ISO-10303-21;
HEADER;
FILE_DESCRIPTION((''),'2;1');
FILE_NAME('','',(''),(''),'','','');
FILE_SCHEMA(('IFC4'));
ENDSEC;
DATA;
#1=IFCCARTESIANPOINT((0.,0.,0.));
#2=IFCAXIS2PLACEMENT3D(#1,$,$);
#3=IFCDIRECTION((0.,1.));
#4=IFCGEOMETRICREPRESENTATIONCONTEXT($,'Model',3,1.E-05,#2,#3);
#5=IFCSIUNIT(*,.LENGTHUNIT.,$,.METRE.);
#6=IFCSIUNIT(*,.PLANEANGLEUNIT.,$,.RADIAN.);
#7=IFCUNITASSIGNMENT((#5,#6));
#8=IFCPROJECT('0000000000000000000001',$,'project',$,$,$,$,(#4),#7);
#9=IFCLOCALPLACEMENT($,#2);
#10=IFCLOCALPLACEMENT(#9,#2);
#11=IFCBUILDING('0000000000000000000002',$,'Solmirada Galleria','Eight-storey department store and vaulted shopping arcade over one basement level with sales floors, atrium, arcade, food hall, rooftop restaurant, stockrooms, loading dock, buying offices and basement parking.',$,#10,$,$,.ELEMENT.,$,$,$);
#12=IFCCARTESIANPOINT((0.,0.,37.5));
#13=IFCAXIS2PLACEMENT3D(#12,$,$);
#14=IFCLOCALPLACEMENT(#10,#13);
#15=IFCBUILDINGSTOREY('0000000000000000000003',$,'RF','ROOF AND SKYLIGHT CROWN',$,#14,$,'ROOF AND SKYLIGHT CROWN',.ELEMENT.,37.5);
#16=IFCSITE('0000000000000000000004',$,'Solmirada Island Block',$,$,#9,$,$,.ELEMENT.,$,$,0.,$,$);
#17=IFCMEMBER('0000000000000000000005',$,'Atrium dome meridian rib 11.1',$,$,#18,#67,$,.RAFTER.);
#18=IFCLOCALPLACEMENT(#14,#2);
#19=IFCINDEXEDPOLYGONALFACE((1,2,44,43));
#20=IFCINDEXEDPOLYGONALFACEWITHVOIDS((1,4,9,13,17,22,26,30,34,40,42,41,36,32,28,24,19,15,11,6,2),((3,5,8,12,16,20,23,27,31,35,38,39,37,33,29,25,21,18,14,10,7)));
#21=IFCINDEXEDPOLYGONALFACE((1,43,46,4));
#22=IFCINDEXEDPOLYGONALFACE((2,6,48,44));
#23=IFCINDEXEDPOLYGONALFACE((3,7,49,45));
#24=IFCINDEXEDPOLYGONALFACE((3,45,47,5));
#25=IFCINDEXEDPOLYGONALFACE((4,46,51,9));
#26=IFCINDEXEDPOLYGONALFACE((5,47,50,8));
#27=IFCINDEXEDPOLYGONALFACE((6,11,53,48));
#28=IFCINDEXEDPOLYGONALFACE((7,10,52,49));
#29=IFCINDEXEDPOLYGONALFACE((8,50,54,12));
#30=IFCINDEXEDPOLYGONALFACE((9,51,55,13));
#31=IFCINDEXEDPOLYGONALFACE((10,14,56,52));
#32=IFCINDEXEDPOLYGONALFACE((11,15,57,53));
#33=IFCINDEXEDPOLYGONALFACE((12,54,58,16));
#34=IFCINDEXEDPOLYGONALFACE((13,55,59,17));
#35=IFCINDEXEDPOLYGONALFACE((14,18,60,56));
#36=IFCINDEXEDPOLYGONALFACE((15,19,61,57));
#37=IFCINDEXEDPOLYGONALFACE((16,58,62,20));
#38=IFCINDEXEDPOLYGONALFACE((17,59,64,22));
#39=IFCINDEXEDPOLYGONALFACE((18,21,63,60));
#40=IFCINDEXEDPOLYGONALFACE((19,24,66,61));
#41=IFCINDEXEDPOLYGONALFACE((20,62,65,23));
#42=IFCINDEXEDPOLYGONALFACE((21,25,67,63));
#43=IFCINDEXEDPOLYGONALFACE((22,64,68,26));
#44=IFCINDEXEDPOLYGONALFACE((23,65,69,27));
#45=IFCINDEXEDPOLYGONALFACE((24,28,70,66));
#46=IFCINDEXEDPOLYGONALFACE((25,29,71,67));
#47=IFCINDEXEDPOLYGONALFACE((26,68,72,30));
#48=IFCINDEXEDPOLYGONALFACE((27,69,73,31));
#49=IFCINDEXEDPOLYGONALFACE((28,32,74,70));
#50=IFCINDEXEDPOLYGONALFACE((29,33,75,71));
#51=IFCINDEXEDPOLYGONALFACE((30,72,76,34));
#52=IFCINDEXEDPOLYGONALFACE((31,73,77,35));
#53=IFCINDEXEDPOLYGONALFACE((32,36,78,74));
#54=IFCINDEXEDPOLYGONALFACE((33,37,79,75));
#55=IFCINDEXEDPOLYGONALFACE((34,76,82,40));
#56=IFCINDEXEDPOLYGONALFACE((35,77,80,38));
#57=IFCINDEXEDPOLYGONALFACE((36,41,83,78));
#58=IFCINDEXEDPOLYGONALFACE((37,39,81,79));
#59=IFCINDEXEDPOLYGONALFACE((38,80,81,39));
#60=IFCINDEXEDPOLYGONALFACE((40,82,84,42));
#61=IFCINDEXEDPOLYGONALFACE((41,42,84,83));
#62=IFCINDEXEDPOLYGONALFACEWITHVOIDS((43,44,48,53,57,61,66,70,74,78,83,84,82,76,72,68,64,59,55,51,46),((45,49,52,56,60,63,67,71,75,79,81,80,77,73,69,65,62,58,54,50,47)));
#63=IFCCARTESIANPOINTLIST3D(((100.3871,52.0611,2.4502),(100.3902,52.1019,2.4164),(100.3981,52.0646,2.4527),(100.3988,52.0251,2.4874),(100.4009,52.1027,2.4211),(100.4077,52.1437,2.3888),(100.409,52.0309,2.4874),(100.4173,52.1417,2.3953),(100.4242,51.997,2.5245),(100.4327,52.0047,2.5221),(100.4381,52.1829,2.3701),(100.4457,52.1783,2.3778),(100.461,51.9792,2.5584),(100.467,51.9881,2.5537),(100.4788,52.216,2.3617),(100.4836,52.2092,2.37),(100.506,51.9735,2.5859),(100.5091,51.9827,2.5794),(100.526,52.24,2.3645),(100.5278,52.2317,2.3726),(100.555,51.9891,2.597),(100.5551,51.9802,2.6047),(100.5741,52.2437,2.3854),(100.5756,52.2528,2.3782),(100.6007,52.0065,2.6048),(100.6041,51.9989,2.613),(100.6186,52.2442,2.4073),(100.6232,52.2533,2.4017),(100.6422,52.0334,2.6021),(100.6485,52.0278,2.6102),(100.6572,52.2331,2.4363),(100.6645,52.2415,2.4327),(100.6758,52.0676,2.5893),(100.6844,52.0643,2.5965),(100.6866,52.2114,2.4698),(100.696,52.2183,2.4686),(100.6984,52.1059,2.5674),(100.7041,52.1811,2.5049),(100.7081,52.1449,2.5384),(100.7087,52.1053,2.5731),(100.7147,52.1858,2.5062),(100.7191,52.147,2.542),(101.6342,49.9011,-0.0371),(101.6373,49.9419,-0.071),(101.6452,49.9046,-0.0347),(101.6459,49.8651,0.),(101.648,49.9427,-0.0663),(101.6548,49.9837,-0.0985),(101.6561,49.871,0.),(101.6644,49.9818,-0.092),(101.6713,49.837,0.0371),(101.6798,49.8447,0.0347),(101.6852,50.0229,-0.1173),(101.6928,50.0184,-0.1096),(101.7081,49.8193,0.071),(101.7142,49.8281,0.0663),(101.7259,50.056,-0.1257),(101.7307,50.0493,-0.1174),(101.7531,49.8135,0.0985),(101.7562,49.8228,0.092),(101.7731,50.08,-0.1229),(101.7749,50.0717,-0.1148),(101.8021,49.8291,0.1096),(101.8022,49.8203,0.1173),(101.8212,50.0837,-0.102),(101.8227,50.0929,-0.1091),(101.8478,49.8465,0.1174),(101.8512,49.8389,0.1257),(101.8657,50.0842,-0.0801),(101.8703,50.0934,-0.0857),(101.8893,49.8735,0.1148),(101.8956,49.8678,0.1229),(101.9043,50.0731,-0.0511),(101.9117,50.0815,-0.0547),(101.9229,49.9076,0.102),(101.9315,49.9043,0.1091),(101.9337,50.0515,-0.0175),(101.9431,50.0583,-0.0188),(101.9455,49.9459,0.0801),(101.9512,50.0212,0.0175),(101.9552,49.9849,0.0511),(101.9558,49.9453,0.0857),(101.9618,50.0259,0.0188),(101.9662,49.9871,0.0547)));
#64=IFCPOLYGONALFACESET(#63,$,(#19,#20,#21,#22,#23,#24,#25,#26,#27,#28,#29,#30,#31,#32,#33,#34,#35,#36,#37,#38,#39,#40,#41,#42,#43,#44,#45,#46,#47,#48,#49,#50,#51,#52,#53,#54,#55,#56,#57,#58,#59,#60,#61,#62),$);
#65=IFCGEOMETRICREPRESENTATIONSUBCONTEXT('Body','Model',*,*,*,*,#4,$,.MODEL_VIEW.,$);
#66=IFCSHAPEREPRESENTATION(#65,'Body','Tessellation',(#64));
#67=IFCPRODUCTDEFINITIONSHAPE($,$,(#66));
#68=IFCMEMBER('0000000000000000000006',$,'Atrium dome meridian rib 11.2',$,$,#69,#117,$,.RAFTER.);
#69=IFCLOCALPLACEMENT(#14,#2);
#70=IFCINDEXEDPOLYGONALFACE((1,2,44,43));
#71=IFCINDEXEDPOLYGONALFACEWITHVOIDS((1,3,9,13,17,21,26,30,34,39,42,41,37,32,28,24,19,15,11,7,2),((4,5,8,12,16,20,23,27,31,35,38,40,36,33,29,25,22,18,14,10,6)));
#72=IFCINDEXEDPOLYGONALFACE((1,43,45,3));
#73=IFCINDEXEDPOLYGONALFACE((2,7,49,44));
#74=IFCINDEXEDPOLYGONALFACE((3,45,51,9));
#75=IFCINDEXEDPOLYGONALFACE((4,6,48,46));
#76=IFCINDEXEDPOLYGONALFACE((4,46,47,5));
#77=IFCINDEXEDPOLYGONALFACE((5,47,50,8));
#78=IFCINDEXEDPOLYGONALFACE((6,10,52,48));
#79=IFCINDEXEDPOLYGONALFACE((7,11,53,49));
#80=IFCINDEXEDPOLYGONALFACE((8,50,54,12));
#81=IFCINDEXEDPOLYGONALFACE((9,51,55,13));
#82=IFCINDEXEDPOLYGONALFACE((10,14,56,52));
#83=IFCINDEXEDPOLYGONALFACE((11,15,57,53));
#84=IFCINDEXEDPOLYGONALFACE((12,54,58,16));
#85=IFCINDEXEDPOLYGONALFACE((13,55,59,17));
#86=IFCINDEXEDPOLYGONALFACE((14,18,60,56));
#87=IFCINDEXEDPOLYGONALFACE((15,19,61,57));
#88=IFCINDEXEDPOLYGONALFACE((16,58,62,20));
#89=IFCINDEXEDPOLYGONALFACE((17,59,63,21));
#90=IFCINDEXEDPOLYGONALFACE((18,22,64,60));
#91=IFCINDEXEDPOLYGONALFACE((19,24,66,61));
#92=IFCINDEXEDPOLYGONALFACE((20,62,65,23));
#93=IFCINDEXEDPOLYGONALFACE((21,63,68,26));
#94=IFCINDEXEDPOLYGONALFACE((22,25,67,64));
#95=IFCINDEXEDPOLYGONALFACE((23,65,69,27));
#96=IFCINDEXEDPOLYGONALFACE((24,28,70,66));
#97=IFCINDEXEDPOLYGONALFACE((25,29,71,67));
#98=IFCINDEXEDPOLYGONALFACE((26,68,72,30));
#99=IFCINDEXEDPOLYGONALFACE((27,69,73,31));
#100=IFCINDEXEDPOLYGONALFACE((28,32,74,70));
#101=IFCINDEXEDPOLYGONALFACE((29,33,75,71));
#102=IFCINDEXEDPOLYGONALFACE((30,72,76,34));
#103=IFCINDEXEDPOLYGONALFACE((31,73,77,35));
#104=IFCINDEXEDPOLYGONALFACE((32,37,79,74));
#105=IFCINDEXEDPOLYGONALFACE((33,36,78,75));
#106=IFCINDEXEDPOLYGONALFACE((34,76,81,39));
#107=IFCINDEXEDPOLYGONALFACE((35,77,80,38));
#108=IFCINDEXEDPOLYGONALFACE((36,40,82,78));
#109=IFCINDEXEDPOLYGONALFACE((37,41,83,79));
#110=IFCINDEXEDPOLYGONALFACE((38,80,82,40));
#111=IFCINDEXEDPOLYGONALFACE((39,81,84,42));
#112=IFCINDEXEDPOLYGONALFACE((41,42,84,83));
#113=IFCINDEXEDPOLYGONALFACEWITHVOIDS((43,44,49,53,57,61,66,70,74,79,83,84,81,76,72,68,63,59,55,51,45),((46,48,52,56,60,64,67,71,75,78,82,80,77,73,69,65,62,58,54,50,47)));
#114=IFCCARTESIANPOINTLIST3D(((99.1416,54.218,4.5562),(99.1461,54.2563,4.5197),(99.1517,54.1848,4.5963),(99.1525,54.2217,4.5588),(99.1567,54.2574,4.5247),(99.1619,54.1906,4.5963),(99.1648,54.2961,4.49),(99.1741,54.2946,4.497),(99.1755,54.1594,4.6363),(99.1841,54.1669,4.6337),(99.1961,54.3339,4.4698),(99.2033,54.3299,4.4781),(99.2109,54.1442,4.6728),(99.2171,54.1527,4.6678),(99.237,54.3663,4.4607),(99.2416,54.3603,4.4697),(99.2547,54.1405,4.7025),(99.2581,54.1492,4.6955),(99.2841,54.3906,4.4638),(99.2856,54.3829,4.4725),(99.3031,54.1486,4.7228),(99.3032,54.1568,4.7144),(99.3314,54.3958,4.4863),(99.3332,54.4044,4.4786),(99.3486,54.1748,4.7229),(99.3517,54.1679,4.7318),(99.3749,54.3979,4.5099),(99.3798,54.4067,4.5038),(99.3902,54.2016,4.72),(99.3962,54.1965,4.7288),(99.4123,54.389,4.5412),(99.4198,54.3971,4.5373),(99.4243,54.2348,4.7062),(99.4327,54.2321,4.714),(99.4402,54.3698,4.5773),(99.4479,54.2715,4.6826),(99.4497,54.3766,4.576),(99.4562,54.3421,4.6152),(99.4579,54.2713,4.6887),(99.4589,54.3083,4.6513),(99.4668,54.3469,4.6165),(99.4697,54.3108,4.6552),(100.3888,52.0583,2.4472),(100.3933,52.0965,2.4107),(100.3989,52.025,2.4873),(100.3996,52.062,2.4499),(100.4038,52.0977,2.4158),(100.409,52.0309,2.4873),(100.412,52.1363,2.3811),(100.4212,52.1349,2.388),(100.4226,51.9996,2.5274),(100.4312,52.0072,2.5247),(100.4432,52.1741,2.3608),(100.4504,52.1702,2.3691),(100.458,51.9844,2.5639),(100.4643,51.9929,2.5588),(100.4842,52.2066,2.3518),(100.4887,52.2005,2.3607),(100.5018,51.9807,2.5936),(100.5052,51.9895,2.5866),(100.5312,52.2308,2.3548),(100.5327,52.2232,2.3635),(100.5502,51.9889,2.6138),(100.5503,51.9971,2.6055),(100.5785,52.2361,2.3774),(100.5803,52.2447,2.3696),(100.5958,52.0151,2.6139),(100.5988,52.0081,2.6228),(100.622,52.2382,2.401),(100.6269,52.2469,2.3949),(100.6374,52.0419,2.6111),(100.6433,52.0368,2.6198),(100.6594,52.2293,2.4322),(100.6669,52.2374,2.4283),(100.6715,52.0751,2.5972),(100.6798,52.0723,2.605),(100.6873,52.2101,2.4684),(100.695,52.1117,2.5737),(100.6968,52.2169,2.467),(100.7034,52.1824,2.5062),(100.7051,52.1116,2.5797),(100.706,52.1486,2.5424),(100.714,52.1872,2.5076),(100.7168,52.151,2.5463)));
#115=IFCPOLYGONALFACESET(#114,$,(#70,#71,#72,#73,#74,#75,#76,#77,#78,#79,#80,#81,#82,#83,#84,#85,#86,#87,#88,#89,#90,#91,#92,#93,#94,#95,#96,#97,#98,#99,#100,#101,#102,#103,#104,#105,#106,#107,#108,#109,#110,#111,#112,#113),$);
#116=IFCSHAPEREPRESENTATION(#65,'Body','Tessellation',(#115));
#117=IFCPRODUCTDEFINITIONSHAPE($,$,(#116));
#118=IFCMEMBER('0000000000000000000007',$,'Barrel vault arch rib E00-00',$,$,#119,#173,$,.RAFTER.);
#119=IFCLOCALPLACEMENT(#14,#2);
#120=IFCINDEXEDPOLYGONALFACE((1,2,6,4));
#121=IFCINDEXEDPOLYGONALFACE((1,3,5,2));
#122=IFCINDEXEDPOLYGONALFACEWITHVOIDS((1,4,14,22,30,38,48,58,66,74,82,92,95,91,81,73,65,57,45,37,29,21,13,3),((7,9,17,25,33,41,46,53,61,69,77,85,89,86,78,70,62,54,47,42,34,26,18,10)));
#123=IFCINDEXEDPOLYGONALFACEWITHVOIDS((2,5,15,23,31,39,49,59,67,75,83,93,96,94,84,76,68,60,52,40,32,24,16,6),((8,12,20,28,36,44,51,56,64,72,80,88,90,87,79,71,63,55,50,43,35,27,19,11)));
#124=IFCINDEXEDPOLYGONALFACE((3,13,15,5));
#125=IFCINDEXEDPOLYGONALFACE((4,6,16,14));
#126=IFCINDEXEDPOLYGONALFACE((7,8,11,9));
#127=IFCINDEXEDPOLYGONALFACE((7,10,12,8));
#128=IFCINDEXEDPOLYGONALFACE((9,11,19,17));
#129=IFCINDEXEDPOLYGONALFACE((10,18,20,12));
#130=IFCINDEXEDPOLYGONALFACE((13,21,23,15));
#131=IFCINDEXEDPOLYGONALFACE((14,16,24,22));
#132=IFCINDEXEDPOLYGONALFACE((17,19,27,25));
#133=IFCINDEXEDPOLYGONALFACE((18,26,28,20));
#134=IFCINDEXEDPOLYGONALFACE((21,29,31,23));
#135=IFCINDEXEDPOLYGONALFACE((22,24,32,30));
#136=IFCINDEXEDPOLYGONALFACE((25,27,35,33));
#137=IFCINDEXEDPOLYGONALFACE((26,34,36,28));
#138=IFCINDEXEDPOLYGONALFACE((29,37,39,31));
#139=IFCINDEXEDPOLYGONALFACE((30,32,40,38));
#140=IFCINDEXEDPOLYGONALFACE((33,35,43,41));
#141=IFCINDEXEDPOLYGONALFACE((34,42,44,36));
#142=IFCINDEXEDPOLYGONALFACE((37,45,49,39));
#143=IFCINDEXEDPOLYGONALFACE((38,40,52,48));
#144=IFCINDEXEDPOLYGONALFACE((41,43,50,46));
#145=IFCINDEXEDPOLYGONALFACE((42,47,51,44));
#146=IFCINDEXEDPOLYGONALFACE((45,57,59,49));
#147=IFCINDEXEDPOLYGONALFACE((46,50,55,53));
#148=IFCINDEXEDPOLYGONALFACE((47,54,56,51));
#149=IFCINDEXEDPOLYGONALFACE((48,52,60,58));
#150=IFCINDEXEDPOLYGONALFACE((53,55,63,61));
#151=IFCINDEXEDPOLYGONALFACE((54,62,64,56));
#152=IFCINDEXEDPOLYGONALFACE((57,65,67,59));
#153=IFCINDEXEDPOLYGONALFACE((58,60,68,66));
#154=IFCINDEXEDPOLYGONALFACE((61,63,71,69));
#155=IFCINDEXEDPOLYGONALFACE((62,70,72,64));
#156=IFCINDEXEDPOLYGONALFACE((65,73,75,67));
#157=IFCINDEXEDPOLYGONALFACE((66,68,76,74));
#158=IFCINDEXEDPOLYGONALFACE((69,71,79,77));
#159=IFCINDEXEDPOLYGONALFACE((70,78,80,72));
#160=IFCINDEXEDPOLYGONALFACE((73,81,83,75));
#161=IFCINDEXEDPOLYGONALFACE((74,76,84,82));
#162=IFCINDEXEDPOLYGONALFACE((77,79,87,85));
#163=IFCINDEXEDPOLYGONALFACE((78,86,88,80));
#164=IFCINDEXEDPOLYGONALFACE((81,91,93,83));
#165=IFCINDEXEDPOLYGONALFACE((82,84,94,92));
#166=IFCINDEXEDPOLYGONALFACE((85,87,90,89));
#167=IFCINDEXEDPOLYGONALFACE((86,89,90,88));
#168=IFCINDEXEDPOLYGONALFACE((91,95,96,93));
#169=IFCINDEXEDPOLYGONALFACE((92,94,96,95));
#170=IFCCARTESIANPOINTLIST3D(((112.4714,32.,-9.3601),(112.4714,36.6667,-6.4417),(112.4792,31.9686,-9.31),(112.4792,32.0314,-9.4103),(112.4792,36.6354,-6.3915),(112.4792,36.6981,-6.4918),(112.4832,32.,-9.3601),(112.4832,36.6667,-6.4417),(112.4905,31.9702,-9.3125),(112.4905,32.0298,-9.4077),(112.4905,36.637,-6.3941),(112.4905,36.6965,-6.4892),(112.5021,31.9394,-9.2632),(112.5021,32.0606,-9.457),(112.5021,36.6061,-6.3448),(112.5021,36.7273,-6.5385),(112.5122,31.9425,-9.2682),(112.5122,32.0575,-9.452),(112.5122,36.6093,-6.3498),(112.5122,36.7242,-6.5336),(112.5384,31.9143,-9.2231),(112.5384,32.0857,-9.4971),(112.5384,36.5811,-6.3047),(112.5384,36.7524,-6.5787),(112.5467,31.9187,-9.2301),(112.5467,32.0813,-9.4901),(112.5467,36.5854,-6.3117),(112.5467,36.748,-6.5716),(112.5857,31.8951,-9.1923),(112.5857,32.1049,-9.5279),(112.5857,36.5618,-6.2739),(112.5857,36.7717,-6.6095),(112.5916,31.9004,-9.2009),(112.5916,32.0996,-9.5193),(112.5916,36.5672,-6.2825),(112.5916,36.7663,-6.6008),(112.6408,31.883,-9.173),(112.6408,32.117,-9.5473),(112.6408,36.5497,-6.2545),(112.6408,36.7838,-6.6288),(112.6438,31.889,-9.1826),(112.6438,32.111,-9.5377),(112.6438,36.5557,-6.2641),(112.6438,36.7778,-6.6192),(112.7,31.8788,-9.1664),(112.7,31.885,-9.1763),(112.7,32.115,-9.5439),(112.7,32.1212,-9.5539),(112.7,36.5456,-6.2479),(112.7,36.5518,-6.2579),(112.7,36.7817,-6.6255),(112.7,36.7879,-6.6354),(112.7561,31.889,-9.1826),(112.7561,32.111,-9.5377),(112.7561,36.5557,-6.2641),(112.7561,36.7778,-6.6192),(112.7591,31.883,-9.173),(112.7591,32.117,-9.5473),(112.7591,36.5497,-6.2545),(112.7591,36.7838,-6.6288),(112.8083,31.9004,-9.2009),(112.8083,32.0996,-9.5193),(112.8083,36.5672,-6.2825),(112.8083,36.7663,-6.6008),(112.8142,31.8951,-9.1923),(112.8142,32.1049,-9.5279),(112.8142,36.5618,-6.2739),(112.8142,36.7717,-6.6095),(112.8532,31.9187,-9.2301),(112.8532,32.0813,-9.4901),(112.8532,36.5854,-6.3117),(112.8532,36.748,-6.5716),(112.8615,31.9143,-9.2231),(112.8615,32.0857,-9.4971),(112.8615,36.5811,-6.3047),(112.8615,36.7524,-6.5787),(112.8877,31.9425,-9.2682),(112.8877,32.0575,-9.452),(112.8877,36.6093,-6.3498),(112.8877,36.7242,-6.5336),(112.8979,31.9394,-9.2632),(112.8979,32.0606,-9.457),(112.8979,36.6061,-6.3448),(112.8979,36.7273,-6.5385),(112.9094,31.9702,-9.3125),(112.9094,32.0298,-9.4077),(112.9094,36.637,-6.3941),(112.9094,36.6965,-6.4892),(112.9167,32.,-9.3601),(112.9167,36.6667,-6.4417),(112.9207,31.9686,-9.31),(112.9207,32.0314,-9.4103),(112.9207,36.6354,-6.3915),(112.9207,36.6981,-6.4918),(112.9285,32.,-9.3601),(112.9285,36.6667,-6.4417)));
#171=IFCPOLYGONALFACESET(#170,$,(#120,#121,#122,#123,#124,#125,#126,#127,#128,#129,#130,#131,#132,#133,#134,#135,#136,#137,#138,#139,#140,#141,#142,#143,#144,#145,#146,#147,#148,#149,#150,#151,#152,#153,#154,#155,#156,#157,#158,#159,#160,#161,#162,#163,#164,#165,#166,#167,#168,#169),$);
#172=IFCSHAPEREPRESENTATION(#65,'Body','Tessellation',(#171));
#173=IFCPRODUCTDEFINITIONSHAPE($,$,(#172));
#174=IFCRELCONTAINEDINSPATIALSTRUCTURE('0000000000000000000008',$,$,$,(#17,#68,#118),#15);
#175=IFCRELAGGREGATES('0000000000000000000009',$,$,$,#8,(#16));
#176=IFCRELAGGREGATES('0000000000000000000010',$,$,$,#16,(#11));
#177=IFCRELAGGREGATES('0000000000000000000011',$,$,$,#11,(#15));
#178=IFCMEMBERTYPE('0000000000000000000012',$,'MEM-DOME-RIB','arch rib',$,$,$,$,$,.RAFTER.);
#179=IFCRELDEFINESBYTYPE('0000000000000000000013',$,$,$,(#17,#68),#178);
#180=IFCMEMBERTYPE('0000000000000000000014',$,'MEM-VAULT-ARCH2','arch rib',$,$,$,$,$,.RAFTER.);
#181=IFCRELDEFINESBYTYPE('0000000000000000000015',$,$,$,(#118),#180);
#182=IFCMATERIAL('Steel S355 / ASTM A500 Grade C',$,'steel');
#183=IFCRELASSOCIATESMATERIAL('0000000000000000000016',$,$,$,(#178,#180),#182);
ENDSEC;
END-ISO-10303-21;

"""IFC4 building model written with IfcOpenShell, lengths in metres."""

from ifc_helpers import new_model, si_unit, direction, frame, origin, origin_2d, place, context, subcontext, project, spatial, hollow_circle, extrude, material, material_profile, profile_set, type_object, element, save


model = new_model("IFC4")

# Units and contexts
model_context = context("Model", 3, precision=1e-05, world=origin(), true_north=direction((0.0, 1.0)))
body_context = subcontext(model_context, "Body", "Model", "MODEL_VIEW")
ifc_project = project(units=[si_unit("LENGTHUNIT", "METRE"), si_unit("PLANEANGLEUNIT", "RADIAN")], contexts=[model_context])

# Site, building, storey
site_placement = place(None, origin())
site = spatial("IfcSite", under=ifc_project, at=site_placement, Name="Solmirada Island Block", CompositionType="ELEMENT", RefElevation=0.0)
building_placement = place(site_placement, origin())
building = spatial("IfcBuilding", under=site, at=building_placement, Name="Solmirada Galleria", Description="Eight-storey department store and vaulted shopping arcade over one basement level with sales floors, atrium, arcade, food hall, rooftop restaurant, stockrooms, loading dock, buying offices and basement parking.", CompositionType="ELEMENT")
storey_placement = place(building_placement, frame((0.0, 0.0, 37.5)))
storey = spatial("IfcBuildingStorey", under=building, at=storey_placement, Name="RF", Description="ROOF AND SKYLIGHT CROWN", LongName="ROOF AND SKYLIGHT CROWN", CompositionType="ELEMENT", Elevation=37.5)

# Members
ifc_material_1 = material(Name="Steel S355 / ASTM A500 Grade C", Category="steel")
ifc_material_profile_1 = material_profile(ifc_material_1, hollow_circle(Radius=0.178, WallThickness=0.0117, at=origin_2d()), Name="HSS14.000X0.500")
ifc_profile_set_1 = profile_set([ifc_material_profile_1], Name="Steel S355 / ASTM A500 Grade C")
member_type_1 = type_object("IfcMemberType", Name="MEM-DOME-RIB", Description="arch rib", PredefinedType="RAFTER", material=ifc_profile_set_1)
member_1_placement = place(storey_placement, frame((101.8, 49.9541, 0.0), z_axis=(-0.354043, 0.613199, 0.706145), x_axis=(-0.866018, -0.500013, 0.0)))
element("IfcMember", 1, at=member_1_placement, inside=storey, type_object=member_type_1, Name="Atrium dome meridian rib 11.1", PredefinedType="RAFTER", context=body_context, shape_type="SweptSolid", body=[
    extrude(hollow_circle(Radius=0.178, WallThickness=0.0117, at=origin_2d()), origin(), (0.0, 0.0, 1.0), 3.5225),
])
member_2_placement = place(storey_placement, frame((100.553, 52.114, 2.4873), z_axis=(-0.381834, 0.661258, 0.645709), x_axis=(-0.865993, -0.500056, 0.0)))
element("IfcMember", 2, at=member_2_placement, inside=storey, type_object=member_type_1, Name="Atrium dome meridian rib 11.2", PredefinedType="RAFTER", context=body_context, shape_type="SweptSolid", body=[
    extrude(hollow_circle(Radius=0.178, WallThickness=0.0117, at=origin_2d()), origin(), (0.0, 0.0, 1.0), 3.2661),
])
ifc_material_profile_2 = material_profile(ifc_material_1, hollow_circle(Radius=0.2285, WallThickness=0.0117, at=origin_2d()), Name="HSS18.000X0.500")
ifc_profile_set_2 = profile_set([ifc_material_profile_2], Name="Steel S355 / ASTM A500 Grade C")
member_type_2 = type_object("IfcMemberType", Name="MEM-VAULT-ARCH2", Description="arch rib", PredefinedType="RAFTER", material=ifc_profile_set_2)
member_3_placement = place(storey_placement, frame((112.7, 32.0, -9.3601), z_axis=(0.0, 0.847856, 0.530226), x_axis=(-1.0, 0.0, 0.0)))
element("IfcMember", 3, at=member_3_placement, inside=storey, type_object=member_type_2, Name="Barrel vault arch rib E00-00", PredefinedType="RAFTER", context=body_context, shape_type="SweptSolid", body=[
    extrude(hollow_circle(Radius=0.2285, WallThickness=0.0117, at=origin_2d()), origin(), (0.0, 0.0, 1.0), 5.5042),
])

save(model, "model.ifc")
